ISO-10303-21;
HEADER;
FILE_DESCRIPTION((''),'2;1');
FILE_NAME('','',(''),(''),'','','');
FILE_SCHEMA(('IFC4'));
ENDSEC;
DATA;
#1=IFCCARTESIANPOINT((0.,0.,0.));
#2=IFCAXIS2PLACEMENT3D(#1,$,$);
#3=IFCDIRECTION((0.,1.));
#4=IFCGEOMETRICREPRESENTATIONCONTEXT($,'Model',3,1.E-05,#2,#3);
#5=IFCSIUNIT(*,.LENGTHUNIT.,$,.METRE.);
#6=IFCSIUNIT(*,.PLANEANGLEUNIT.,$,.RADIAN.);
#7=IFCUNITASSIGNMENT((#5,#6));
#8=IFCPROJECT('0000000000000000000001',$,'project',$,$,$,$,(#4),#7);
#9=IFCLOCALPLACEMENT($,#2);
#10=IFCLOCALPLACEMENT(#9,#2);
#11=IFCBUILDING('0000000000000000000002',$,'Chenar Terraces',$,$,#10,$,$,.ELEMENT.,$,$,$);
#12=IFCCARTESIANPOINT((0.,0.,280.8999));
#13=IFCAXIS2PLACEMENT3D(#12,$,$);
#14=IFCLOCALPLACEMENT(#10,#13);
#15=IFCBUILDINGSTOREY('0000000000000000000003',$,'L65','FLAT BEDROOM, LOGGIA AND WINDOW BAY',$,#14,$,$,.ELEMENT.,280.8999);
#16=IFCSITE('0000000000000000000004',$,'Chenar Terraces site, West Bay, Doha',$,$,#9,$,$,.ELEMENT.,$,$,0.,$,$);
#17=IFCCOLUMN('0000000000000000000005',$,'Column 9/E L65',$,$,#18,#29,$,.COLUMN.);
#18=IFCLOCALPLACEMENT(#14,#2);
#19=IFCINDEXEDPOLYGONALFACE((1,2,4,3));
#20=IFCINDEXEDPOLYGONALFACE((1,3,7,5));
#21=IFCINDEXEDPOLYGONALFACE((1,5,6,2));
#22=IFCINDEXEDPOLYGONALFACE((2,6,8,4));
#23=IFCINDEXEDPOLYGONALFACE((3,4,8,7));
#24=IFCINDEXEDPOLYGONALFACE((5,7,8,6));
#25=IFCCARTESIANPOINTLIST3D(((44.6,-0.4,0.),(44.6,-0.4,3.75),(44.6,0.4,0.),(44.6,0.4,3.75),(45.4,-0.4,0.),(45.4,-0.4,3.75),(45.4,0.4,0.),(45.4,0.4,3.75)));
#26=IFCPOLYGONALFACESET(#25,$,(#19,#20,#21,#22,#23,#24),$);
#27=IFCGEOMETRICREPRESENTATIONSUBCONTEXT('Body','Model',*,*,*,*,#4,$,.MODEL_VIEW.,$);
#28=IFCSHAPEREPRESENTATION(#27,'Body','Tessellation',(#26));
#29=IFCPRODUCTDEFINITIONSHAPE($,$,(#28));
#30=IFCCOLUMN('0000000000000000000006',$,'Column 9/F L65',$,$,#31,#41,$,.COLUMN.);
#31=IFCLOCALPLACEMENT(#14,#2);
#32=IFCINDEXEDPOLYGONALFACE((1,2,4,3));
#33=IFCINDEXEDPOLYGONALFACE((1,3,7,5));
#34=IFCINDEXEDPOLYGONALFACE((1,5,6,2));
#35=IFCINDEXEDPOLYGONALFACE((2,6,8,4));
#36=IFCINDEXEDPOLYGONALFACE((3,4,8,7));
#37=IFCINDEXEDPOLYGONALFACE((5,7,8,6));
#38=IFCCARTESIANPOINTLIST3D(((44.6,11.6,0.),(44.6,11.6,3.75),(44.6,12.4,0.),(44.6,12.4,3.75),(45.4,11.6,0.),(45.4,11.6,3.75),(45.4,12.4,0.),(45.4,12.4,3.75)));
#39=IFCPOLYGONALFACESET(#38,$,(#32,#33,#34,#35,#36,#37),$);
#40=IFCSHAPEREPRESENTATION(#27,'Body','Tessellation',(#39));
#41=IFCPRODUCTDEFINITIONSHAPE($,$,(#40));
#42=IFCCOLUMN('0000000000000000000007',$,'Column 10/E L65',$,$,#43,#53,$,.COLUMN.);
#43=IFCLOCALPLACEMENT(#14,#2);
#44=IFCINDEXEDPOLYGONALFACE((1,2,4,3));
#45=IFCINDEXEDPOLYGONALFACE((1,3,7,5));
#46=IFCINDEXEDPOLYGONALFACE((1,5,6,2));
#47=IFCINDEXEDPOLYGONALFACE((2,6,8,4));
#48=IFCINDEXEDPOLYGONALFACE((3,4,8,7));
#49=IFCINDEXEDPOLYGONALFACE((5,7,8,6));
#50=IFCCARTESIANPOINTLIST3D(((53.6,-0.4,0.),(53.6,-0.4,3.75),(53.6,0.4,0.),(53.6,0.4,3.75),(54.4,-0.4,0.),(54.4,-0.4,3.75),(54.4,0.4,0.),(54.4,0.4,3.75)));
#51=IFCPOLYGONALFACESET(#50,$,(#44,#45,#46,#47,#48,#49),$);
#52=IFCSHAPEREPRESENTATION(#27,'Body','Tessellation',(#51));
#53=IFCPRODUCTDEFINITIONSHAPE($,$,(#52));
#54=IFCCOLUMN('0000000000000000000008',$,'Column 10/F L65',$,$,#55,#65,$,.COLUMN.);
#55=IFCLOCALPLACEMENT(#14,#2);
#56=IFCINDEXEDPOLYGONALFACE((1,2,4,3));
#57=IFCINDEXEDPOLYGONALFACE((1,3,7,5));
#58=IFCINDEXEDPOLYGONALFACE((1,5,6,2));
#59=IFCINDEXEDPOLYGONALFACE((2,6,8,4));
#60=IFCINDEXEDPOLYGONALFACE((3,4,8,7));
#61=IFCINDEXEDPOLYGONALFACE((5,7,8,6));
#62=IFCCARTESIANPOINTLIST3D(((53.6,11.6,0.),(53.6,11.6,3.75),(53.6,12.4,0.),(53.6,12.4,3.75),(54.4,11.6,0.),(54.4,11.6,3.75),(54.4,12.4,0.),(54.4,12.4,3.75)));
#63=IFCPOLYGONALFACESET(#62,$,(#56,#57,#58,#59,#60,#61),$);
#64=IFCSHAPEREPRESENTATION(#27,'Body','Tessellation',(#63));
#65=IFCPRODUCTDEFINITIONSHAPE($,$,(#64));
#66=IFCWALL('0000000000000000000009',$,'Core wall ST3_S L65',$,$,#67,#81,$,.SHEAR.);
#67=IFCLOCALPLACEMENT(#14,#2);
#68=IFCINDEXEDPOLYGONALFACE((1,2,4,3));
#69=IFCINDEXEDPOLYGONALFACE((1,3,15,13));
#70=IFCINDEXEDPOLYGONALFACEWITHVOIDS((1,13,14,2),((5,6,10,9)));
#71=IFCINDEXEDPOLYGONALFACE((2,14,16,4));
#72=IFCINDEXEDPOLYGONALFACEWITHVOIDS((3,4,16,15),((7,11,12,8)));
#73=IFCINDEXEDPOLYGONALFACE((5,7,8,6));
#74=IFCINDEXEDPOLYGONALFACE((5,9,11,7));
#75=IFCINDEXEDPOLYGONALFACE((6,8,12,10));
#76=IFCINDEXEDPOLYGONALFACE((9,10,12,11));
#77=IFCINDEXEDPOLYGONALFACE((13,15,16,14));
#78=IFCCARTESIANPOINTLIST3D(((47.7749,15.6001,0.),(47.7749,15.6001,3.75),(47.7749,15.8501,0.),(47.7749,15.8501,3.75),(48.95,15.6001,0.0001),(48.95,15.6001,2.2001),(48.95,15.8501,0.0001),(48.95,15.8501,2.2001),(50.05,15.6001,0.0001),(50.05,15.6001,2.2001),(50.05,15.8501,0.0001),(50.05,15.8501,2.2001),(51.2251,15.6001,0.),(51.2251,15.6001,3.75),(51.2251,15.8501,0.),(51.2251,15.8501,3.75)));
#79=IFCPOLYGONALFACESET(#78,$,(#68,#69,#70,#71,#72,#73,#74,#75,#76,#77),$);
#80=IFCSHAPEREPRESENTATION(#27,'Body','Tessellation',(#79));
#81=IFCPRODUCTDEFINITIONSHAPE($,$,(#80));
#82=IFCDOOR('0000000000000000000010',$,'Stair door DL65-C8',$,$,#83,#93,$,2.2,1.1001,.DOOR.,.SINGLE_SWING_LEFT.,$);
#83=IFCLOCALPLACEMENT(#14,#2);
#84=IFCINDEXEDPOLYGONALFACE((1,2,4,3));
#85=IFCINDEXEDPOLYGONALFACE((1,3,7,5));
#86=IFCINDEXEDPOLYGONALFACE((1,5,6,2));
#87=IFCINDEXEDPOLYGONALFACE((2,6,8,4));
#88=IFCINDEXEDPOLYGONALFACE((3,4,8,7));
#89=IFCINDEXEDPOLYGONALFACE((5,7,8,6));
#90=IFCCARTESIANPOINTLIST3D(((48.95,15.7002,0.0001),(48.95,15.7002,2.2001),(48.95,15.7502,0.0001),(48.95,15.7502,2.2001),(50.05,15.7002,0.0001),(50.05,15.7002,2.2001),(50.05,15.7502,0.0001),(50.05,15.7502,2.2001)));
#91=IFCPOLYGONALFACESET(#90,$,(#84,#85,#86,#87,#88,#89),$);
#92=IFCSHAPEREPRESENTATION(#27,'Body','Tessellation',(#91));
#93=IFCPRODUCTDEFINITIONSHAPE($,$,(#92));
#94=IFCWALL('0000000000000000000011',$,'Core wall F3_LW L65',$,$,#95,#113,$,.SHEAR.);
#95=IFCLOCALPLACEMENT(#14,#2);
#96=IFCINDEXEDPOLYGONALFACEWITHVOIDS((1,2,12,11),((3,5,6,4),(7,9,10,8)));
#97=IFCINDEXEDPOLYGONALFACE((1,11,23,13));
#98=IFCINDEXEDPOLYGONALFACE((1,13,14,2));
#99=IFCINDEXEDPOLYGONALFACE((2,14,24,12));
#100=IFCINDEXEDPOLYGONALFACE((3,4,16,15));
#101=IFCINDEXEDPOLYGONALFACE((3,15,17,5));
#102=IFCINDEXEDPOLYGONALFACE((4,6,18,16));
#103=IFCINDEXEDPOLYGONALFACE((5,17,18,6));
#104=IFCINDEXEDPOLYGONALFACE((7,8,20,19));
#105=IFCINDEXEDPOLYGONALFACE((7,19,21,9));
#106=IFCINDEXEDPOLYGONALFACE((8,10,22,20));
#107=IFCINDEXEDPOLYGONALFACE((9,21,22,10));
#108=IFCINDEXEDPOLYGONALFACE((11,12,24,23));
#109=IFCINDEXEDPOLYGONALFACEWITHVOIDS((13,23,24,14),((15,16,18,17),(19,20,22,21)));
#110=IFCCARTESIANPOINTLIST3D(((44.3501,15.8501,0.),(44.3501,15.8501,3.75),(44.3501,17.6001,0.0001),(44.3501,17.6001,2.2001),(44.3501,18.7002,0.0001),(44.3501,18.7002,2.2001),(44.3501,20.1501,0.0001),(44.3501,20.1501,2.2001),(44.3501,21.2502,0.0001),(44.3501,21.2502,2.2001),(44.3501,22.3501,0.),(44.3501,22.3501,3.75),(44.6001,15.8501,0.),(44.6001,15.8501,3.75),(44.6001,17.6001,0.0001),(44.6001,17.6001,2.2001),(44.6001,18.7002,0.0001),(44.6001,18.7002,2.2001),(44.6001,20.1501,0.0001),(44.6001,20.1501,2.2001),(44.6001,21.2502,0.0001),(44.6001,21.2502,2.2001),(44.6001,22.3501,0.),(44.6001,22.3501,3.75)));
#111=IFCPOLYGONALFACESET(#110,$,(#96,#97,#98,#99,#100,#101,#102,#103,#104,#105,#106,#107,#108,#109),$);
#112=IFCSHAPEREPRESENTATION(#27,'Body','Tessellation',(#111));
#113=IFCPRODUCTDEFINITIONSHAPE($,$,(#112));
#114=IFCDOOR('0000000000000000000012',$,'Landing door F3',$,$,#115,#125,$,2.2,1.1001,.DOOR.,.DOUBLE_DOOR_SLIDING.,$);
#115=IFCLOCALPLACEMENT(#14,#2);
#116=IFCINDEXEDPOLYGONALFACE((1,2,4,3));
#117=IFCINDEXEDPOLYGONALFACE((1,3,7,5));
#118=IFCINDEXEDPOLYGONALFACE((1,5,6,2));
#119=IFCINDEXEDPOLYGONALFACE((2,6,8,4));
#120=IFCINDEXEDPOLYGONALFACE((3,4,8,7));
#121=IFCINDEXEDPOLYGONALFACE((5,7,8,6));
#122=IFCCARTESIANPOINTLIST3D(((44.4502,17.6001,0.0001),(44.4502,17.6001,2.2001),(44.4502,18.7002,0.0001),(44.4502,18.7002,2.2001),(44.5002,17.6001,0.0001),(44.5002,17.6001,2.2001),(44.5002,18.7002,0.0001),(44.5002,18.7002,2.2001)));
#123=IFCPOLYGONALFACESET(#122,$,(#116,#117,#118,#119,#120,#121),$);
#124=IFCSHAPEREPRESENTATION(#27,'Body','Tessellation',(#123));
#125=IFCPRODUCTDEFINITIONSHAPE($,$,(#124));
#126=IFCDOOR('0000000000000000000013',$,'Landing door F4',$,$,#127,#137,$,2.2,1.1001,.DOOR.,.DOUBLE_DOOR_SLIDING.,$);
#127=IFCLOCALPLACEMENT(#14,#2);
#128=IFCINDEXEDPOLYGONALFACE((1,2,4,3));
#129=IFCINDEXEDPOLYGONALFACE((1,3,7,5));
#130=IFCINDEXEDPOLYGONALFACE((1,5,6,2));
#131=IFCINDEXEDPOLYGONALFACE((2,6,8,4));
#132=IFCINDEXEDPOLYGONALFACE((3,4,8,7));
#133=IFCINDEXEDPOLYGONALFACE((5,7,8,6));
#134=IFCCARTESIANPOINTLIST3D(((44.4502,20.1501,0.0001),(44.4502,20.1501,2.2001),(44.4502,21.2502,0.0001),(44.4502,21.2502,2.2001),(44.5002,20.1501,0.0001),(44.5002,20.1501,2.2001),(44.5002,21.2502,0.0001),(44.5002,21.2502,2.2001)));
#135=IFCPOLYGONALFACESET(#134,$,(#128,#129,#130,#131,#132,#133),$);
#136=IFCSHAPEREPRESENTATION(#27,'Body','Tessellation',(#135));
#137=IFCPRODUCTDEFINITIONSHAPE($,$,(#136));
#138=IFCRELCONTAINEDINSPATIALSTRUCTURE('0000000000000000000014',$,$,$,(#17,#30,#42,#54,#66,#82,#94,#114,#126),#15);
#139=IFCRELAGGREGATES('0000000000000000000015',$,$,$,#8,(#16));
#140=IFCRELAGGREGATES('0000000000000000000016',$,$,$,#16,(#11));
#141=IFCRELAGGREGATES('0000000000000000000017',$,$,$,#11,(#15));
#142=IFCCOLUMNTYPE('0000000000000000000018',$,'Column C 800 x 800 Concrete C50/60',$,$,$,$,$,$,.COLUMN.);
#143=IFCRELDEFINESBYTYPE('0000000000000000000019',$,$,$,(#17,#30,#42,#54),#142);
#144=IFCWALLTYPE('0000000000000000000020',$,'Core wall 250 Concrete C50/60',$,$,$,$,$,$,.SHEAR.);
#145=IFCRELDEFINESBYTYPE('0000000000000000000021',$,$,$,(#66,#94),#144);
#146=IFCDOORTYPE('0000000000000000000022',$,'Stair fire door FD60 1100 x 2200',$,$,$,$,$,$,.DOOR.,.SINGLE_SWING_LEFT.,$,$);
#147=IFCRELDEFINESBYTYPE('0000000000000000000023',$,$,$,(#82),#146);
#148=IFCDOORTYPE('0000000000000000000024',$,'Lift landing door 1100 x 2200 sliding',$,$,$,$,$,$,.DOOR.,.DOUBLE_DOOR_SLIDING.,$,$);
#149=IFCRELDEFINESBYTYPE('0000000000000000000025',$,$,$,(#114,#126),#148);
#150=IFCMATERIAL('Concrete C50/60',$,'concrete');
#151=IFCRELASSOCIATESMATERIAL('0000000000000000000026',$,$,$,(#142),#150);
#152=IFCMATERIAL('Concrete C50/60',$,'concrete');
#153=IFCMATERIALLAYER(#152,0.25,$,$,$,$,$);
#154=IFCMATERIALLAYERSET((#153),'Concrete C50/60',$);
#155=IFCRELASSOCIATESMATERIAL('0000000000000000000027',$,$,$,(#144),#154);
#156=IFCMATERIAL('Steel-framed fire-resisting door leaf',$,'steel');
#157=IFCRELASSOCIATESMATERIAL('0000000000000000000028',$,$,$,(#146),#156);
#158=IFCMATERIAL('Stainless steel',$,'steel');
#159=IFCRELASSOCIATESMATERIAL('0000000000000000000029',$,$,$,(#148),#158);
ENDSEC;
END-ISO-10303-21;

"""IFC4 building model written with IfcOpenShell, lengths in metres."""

from ifc_helpers import new_model, si_unit, direction, frame, frame_2d, origin, origin_2d, place, context, subcontext, project, spatial, rectangle, extrude, material, layer, layer_set, material_profile, profile_set, type_object, element, fill, save


model = new_model("IFC4")

# Units and contexts
model_context = context("Model", 3, precision=1e-05, world=origin(), true_north=direction((0.0, 1.0)))
body_context = subcontext(model_context, "Body", "Model", "MODEL_VIEW")
ifc_project = project(units=[si_unit("LENGTHUNIT", "METRE"), si_unit("PLANEANGLEUNIT", "RADIAN")], contexts=[model_context])

# Site, building, storey
site_placement = place(None, origin())
site = spatial("IfcSite", under=ifc_project, at=site_placement, Name="Chenar Terraces site, West Bay, Doha", CompositionType="ELEMENT", RefElevation=0.0)
building_placement = place(site_placement, origin())
building = spatial("IfcBuilding", under=site, at=building_placement, Name="Chenar Terraces", CompositionType="ELEMENT")
storey_placement = place(building_placement, frame((0.0, 0.0, 280.8999)))
storey = spatial("IfcBuildingStorey", under=building, at=storey_placement, Name="L65", Description="FLAT BEDROOM, LOGGIA AND WINDOW BAY", CompositionType="ELEMENT", Elevation=280.8999)

# Columns
ifc_material_1 = material(Name="Concrete C50/60", Category="concrete")
ifc_material_profile_1 = material_profile(ifc_material_1, rectangle(XDim=0.8, YDim=0.8, at=origin_2d()), Name="C 800 x 800")
ifc_profile_set_1 = profile_set([ifc_material_profile_1], Name="Concrete C50/60")
column_type = type_object("IfcColumnType", Name="Column C 800 x 800 Concrete C50/60", PredefinedType="COLUMN", material=ifc_profile_set_1)
for number, where, z_axis, x_axis, name in (
    (1, (45.0, 0.0, 0.0), (0.0, 0.0, 1.0), (1.0, 0.0, 0.0), "Column 9/E L65"),
    (2, (45.0, 12.0, 0.0), (0.0, 0.0, 1.0), (1.0, 0.0, 0.0), "Column 9/F L65"),
    (3, (54.0, 0.0, 0.0), (0.0, 0.0, 1.0), (1.0, 0.0, 0.0), "Column 10/E L65"),
    (4, (54.0, 12.0, 0.0), (0.0, 0.0, 1.0), (1.0, 0.0, 0.0), "Column 10/F L65"),
):
    element("IfcColumn", number, at=place(storey_placement, frame(where, z_axis=z_axis, x_axis=x_axis)), inside=storey, type_object=column_type, Name=name, PredefinedType="COLUMN", context=body_context, shape_type="SweptSolid", body=[
        extrude(rectangle(XDim=0.8, YDim=0.8, at=origin_2d()), origin(), (0.0, 0.0, 1.0), 3.75),
    ])

# Wall, opening, door
ifc_material_2 = material(Name="Concrete C50/60", Category="concrete")
ifc_layer_1 = layer(ifc_material_2, 0.25)
ifc_layer_set_1 = layer_set([ifc_layer_1], Name="Concrete C50/60")
wall_type_1 = type_object("IfcWallType", Name="Core wall 250 Concrete C50/60", PredefinedType="SHEAR", material=ifc_layer_set_1)
wall_1_placement = place(storey_placement, frame((47.7749, 15.7251, 0.0), z_axis=(0.0, 0.0, 1.0), x_axis=(1.0, 0.0, 0.0)))
wall_1 = element("IfcWall", 5, at=wall_1_placement, inside=storey, type_object=wall_type_1, Name="Core wall ST3_S L65", PredefinedType="SHEAR", context=body_context, shape_type="SweptSolid", body=[
    extrude(rectangle(XDim=3.4502, YDim=0.25, at=frame_2d((1.7251, 0.0))), origin(), (0.0, 0.0, 1.0), 3.75),
])
opening_1_placement = place(wall_1_placement, frame((1.175, 0.0, 0.0)))
opening_1 = element("IfcOpeningElement", 6, at=opening_1_placement, cuts=wall_1, PredefinedType="OPENING", context=body_context, shape_type="SweptSolid", body=[
    extrude(rectangle(XDim=1.1001, YDim=2.2, at=frame_2d((0.55, 1.1001))), frame((0.0, 0.135, 0.0), z_axis=(0.0, -1.0, 0.0), x_axis=(1.0, 0.0, 0.0)), (0.0, 0.0, 1.0), 0.27),
])
ifc_material_3 = material(Name="Steel-framed fire-resisting door leaf", Category="steel")
door_type_1 = type_object("IfcDoorType", Name="Stair fire door FD60 1100 x 2200", OperationType="SINGLE_SWING_LEFT", PredefinedType="DOOR", material=ifc_material_3)
door_1_placement = place(opening_1_placement, frame((1.1001, 0.0, 0.0), z_axis=(0.0, 0.0, 1.0), x_axis=(-1.0, 0.0, 0.0)))
door_1 = element("IfcDoor", 7, at=door_1_placement, inside=storey, type_object=door_type_1, Name="Stair door DL65-C8", OperationType="SINGLE_SWING_LEFT", OverallHeight=2.2, OverallWidth=1.1001, PredefinedType="DOOR", context=body_context, shape_type="SweptSolid", body=[
    extrude(rectangle(XDim=1.1001, YDim=2.2, at=frame_2d((0.55, 1.1001))), frame((0.0, 0.0249, 0.0), z_axis=(0.0, -1.0, 0.0), x_axis=(1.0, 0.0, 0.0)), (0.0, 0.0, 1.0), 0.05),
])
fill(opening_1, door_1)

# Wall, openings, doors
wall_2_placement = place(storey_placement, frame((44.4751, 15.8501, 0.0), z_axis=(0.0, 0.0, 1.0), x_axis=(0.0, 1.0, 0.0)))
wall_2 = element("IfcWall", 8, at=wall_2_placement, inside=storey, type_object=wall_type_1, Name="Core wall F3_LW L65", PredefinedType="SHEAR", context=body_context, shape_type="SweptSolid", body=[
    extrude(rectangle(XDim=6.5, YDim=0.25, at=frame_2d((3.25, 0.0))), origin(), (0.0, 0.0, 1.0), 3.75),
])
opening_2_placement = place(wall_2_placement, frame((1.75, 0.0, 0.0)))
opening_2 = element("IfcOpeningElement", 9, at=opening_2_placement, cuts=wall_2, PredefinedType="OPENING", context=body_context, shape_type="SweptSolid", body=[
    extrude(rectangle(XDim=1.1001, YDim=2.2, at=frame_2d((0.55, 1.1001))), frame((0.0, 0.135, 0.0), z_axis=(0.0, -1.0, 0.0), x_axis=(1.0, 0.0, 0.0)), (0.0, 0.0, 1.0), 0.27),
])
opening_3_placement = place(wall_2_placement, frame((4.3, 0.0, 0.0)))
opening_3 = element("IfcOpeningElement", 10, at=opening_3_placement, cuts=wall_2, PredefinedType="OPENING", context=body_context, shape_type="SweptSolid", body=[
    extrude(rectangle(XDim=1.1001, YDim=2.2, at=frame_2d((0.55, 1.1001))), frame((0.0, 0.135, 0.0), z_axis=(0.0, -1.0, 0.0), x_axis=(1.0, 0.0, 0.0)), (0.0, 0.0, 1.0), 0.27),
])
ifc_material_4 = material(Name="Stainless steel", Category="steel")
door_type_2 = type_object("IfcDoorType", Name="Lift landing door 1100 x 2200 sliding", OperationType="DOUBLE_DOOR_SLIDING", PredefinedType="DOOR", material=ifc_material_4)
door_2_placement = place(opening_2_placement, origin())
door_2 = element("IfcDoor", 11, at=door_2_placement, inside=storey, type_object=door_type_2, Name="Landing door F3", OperationType="DOUBLE_DOOR_SLIDING", OverallHeight=2.2, OverallWidth=1.1001, PredefinedType="DOOR", context=body_context, shape_type="SweptSolid", body=[
    extrude(rectangle(XDim=1.1001, YDim=2.2, at=frame_2d((0.55, 1.1001))), frame((0.0, 0.0249, 0.0), z_axis=(0.0, -1.0, 0.0), x_axis=(1.0, 0.0, 0.0)), (0.0, 0.0, 1.0), 0.05),
])
fill(opening_2, door_2)
door_3_placement = place(opening_3_placement, origin())
door_3 = element("IfcDoor", 12, at=door_3_placement, inside=storey, type_object=door_type_2, Name="Landing door F4", OperationType="DOUBLE_DOOR_SLIDING", OverallHeight=2.2, OverallWidth=1.1001, PredefinedType="DOOR", context=body_context, shape_type="SweptSolid", body=[
    extrude(rectangle(XDim=1.1001, YDim=2.2, at=frame_2d((0.55, 1.1001))), frame((0.0, 0.0249, 0.0), z_axis=(0.0, -1.0, 0.0), x_axis=(1.0, 0.0, 0.0)), (0.0, 0.0, 1.0), 0.05),
])
fill(opening_3, door_3)

save(model, "model.ifc")
